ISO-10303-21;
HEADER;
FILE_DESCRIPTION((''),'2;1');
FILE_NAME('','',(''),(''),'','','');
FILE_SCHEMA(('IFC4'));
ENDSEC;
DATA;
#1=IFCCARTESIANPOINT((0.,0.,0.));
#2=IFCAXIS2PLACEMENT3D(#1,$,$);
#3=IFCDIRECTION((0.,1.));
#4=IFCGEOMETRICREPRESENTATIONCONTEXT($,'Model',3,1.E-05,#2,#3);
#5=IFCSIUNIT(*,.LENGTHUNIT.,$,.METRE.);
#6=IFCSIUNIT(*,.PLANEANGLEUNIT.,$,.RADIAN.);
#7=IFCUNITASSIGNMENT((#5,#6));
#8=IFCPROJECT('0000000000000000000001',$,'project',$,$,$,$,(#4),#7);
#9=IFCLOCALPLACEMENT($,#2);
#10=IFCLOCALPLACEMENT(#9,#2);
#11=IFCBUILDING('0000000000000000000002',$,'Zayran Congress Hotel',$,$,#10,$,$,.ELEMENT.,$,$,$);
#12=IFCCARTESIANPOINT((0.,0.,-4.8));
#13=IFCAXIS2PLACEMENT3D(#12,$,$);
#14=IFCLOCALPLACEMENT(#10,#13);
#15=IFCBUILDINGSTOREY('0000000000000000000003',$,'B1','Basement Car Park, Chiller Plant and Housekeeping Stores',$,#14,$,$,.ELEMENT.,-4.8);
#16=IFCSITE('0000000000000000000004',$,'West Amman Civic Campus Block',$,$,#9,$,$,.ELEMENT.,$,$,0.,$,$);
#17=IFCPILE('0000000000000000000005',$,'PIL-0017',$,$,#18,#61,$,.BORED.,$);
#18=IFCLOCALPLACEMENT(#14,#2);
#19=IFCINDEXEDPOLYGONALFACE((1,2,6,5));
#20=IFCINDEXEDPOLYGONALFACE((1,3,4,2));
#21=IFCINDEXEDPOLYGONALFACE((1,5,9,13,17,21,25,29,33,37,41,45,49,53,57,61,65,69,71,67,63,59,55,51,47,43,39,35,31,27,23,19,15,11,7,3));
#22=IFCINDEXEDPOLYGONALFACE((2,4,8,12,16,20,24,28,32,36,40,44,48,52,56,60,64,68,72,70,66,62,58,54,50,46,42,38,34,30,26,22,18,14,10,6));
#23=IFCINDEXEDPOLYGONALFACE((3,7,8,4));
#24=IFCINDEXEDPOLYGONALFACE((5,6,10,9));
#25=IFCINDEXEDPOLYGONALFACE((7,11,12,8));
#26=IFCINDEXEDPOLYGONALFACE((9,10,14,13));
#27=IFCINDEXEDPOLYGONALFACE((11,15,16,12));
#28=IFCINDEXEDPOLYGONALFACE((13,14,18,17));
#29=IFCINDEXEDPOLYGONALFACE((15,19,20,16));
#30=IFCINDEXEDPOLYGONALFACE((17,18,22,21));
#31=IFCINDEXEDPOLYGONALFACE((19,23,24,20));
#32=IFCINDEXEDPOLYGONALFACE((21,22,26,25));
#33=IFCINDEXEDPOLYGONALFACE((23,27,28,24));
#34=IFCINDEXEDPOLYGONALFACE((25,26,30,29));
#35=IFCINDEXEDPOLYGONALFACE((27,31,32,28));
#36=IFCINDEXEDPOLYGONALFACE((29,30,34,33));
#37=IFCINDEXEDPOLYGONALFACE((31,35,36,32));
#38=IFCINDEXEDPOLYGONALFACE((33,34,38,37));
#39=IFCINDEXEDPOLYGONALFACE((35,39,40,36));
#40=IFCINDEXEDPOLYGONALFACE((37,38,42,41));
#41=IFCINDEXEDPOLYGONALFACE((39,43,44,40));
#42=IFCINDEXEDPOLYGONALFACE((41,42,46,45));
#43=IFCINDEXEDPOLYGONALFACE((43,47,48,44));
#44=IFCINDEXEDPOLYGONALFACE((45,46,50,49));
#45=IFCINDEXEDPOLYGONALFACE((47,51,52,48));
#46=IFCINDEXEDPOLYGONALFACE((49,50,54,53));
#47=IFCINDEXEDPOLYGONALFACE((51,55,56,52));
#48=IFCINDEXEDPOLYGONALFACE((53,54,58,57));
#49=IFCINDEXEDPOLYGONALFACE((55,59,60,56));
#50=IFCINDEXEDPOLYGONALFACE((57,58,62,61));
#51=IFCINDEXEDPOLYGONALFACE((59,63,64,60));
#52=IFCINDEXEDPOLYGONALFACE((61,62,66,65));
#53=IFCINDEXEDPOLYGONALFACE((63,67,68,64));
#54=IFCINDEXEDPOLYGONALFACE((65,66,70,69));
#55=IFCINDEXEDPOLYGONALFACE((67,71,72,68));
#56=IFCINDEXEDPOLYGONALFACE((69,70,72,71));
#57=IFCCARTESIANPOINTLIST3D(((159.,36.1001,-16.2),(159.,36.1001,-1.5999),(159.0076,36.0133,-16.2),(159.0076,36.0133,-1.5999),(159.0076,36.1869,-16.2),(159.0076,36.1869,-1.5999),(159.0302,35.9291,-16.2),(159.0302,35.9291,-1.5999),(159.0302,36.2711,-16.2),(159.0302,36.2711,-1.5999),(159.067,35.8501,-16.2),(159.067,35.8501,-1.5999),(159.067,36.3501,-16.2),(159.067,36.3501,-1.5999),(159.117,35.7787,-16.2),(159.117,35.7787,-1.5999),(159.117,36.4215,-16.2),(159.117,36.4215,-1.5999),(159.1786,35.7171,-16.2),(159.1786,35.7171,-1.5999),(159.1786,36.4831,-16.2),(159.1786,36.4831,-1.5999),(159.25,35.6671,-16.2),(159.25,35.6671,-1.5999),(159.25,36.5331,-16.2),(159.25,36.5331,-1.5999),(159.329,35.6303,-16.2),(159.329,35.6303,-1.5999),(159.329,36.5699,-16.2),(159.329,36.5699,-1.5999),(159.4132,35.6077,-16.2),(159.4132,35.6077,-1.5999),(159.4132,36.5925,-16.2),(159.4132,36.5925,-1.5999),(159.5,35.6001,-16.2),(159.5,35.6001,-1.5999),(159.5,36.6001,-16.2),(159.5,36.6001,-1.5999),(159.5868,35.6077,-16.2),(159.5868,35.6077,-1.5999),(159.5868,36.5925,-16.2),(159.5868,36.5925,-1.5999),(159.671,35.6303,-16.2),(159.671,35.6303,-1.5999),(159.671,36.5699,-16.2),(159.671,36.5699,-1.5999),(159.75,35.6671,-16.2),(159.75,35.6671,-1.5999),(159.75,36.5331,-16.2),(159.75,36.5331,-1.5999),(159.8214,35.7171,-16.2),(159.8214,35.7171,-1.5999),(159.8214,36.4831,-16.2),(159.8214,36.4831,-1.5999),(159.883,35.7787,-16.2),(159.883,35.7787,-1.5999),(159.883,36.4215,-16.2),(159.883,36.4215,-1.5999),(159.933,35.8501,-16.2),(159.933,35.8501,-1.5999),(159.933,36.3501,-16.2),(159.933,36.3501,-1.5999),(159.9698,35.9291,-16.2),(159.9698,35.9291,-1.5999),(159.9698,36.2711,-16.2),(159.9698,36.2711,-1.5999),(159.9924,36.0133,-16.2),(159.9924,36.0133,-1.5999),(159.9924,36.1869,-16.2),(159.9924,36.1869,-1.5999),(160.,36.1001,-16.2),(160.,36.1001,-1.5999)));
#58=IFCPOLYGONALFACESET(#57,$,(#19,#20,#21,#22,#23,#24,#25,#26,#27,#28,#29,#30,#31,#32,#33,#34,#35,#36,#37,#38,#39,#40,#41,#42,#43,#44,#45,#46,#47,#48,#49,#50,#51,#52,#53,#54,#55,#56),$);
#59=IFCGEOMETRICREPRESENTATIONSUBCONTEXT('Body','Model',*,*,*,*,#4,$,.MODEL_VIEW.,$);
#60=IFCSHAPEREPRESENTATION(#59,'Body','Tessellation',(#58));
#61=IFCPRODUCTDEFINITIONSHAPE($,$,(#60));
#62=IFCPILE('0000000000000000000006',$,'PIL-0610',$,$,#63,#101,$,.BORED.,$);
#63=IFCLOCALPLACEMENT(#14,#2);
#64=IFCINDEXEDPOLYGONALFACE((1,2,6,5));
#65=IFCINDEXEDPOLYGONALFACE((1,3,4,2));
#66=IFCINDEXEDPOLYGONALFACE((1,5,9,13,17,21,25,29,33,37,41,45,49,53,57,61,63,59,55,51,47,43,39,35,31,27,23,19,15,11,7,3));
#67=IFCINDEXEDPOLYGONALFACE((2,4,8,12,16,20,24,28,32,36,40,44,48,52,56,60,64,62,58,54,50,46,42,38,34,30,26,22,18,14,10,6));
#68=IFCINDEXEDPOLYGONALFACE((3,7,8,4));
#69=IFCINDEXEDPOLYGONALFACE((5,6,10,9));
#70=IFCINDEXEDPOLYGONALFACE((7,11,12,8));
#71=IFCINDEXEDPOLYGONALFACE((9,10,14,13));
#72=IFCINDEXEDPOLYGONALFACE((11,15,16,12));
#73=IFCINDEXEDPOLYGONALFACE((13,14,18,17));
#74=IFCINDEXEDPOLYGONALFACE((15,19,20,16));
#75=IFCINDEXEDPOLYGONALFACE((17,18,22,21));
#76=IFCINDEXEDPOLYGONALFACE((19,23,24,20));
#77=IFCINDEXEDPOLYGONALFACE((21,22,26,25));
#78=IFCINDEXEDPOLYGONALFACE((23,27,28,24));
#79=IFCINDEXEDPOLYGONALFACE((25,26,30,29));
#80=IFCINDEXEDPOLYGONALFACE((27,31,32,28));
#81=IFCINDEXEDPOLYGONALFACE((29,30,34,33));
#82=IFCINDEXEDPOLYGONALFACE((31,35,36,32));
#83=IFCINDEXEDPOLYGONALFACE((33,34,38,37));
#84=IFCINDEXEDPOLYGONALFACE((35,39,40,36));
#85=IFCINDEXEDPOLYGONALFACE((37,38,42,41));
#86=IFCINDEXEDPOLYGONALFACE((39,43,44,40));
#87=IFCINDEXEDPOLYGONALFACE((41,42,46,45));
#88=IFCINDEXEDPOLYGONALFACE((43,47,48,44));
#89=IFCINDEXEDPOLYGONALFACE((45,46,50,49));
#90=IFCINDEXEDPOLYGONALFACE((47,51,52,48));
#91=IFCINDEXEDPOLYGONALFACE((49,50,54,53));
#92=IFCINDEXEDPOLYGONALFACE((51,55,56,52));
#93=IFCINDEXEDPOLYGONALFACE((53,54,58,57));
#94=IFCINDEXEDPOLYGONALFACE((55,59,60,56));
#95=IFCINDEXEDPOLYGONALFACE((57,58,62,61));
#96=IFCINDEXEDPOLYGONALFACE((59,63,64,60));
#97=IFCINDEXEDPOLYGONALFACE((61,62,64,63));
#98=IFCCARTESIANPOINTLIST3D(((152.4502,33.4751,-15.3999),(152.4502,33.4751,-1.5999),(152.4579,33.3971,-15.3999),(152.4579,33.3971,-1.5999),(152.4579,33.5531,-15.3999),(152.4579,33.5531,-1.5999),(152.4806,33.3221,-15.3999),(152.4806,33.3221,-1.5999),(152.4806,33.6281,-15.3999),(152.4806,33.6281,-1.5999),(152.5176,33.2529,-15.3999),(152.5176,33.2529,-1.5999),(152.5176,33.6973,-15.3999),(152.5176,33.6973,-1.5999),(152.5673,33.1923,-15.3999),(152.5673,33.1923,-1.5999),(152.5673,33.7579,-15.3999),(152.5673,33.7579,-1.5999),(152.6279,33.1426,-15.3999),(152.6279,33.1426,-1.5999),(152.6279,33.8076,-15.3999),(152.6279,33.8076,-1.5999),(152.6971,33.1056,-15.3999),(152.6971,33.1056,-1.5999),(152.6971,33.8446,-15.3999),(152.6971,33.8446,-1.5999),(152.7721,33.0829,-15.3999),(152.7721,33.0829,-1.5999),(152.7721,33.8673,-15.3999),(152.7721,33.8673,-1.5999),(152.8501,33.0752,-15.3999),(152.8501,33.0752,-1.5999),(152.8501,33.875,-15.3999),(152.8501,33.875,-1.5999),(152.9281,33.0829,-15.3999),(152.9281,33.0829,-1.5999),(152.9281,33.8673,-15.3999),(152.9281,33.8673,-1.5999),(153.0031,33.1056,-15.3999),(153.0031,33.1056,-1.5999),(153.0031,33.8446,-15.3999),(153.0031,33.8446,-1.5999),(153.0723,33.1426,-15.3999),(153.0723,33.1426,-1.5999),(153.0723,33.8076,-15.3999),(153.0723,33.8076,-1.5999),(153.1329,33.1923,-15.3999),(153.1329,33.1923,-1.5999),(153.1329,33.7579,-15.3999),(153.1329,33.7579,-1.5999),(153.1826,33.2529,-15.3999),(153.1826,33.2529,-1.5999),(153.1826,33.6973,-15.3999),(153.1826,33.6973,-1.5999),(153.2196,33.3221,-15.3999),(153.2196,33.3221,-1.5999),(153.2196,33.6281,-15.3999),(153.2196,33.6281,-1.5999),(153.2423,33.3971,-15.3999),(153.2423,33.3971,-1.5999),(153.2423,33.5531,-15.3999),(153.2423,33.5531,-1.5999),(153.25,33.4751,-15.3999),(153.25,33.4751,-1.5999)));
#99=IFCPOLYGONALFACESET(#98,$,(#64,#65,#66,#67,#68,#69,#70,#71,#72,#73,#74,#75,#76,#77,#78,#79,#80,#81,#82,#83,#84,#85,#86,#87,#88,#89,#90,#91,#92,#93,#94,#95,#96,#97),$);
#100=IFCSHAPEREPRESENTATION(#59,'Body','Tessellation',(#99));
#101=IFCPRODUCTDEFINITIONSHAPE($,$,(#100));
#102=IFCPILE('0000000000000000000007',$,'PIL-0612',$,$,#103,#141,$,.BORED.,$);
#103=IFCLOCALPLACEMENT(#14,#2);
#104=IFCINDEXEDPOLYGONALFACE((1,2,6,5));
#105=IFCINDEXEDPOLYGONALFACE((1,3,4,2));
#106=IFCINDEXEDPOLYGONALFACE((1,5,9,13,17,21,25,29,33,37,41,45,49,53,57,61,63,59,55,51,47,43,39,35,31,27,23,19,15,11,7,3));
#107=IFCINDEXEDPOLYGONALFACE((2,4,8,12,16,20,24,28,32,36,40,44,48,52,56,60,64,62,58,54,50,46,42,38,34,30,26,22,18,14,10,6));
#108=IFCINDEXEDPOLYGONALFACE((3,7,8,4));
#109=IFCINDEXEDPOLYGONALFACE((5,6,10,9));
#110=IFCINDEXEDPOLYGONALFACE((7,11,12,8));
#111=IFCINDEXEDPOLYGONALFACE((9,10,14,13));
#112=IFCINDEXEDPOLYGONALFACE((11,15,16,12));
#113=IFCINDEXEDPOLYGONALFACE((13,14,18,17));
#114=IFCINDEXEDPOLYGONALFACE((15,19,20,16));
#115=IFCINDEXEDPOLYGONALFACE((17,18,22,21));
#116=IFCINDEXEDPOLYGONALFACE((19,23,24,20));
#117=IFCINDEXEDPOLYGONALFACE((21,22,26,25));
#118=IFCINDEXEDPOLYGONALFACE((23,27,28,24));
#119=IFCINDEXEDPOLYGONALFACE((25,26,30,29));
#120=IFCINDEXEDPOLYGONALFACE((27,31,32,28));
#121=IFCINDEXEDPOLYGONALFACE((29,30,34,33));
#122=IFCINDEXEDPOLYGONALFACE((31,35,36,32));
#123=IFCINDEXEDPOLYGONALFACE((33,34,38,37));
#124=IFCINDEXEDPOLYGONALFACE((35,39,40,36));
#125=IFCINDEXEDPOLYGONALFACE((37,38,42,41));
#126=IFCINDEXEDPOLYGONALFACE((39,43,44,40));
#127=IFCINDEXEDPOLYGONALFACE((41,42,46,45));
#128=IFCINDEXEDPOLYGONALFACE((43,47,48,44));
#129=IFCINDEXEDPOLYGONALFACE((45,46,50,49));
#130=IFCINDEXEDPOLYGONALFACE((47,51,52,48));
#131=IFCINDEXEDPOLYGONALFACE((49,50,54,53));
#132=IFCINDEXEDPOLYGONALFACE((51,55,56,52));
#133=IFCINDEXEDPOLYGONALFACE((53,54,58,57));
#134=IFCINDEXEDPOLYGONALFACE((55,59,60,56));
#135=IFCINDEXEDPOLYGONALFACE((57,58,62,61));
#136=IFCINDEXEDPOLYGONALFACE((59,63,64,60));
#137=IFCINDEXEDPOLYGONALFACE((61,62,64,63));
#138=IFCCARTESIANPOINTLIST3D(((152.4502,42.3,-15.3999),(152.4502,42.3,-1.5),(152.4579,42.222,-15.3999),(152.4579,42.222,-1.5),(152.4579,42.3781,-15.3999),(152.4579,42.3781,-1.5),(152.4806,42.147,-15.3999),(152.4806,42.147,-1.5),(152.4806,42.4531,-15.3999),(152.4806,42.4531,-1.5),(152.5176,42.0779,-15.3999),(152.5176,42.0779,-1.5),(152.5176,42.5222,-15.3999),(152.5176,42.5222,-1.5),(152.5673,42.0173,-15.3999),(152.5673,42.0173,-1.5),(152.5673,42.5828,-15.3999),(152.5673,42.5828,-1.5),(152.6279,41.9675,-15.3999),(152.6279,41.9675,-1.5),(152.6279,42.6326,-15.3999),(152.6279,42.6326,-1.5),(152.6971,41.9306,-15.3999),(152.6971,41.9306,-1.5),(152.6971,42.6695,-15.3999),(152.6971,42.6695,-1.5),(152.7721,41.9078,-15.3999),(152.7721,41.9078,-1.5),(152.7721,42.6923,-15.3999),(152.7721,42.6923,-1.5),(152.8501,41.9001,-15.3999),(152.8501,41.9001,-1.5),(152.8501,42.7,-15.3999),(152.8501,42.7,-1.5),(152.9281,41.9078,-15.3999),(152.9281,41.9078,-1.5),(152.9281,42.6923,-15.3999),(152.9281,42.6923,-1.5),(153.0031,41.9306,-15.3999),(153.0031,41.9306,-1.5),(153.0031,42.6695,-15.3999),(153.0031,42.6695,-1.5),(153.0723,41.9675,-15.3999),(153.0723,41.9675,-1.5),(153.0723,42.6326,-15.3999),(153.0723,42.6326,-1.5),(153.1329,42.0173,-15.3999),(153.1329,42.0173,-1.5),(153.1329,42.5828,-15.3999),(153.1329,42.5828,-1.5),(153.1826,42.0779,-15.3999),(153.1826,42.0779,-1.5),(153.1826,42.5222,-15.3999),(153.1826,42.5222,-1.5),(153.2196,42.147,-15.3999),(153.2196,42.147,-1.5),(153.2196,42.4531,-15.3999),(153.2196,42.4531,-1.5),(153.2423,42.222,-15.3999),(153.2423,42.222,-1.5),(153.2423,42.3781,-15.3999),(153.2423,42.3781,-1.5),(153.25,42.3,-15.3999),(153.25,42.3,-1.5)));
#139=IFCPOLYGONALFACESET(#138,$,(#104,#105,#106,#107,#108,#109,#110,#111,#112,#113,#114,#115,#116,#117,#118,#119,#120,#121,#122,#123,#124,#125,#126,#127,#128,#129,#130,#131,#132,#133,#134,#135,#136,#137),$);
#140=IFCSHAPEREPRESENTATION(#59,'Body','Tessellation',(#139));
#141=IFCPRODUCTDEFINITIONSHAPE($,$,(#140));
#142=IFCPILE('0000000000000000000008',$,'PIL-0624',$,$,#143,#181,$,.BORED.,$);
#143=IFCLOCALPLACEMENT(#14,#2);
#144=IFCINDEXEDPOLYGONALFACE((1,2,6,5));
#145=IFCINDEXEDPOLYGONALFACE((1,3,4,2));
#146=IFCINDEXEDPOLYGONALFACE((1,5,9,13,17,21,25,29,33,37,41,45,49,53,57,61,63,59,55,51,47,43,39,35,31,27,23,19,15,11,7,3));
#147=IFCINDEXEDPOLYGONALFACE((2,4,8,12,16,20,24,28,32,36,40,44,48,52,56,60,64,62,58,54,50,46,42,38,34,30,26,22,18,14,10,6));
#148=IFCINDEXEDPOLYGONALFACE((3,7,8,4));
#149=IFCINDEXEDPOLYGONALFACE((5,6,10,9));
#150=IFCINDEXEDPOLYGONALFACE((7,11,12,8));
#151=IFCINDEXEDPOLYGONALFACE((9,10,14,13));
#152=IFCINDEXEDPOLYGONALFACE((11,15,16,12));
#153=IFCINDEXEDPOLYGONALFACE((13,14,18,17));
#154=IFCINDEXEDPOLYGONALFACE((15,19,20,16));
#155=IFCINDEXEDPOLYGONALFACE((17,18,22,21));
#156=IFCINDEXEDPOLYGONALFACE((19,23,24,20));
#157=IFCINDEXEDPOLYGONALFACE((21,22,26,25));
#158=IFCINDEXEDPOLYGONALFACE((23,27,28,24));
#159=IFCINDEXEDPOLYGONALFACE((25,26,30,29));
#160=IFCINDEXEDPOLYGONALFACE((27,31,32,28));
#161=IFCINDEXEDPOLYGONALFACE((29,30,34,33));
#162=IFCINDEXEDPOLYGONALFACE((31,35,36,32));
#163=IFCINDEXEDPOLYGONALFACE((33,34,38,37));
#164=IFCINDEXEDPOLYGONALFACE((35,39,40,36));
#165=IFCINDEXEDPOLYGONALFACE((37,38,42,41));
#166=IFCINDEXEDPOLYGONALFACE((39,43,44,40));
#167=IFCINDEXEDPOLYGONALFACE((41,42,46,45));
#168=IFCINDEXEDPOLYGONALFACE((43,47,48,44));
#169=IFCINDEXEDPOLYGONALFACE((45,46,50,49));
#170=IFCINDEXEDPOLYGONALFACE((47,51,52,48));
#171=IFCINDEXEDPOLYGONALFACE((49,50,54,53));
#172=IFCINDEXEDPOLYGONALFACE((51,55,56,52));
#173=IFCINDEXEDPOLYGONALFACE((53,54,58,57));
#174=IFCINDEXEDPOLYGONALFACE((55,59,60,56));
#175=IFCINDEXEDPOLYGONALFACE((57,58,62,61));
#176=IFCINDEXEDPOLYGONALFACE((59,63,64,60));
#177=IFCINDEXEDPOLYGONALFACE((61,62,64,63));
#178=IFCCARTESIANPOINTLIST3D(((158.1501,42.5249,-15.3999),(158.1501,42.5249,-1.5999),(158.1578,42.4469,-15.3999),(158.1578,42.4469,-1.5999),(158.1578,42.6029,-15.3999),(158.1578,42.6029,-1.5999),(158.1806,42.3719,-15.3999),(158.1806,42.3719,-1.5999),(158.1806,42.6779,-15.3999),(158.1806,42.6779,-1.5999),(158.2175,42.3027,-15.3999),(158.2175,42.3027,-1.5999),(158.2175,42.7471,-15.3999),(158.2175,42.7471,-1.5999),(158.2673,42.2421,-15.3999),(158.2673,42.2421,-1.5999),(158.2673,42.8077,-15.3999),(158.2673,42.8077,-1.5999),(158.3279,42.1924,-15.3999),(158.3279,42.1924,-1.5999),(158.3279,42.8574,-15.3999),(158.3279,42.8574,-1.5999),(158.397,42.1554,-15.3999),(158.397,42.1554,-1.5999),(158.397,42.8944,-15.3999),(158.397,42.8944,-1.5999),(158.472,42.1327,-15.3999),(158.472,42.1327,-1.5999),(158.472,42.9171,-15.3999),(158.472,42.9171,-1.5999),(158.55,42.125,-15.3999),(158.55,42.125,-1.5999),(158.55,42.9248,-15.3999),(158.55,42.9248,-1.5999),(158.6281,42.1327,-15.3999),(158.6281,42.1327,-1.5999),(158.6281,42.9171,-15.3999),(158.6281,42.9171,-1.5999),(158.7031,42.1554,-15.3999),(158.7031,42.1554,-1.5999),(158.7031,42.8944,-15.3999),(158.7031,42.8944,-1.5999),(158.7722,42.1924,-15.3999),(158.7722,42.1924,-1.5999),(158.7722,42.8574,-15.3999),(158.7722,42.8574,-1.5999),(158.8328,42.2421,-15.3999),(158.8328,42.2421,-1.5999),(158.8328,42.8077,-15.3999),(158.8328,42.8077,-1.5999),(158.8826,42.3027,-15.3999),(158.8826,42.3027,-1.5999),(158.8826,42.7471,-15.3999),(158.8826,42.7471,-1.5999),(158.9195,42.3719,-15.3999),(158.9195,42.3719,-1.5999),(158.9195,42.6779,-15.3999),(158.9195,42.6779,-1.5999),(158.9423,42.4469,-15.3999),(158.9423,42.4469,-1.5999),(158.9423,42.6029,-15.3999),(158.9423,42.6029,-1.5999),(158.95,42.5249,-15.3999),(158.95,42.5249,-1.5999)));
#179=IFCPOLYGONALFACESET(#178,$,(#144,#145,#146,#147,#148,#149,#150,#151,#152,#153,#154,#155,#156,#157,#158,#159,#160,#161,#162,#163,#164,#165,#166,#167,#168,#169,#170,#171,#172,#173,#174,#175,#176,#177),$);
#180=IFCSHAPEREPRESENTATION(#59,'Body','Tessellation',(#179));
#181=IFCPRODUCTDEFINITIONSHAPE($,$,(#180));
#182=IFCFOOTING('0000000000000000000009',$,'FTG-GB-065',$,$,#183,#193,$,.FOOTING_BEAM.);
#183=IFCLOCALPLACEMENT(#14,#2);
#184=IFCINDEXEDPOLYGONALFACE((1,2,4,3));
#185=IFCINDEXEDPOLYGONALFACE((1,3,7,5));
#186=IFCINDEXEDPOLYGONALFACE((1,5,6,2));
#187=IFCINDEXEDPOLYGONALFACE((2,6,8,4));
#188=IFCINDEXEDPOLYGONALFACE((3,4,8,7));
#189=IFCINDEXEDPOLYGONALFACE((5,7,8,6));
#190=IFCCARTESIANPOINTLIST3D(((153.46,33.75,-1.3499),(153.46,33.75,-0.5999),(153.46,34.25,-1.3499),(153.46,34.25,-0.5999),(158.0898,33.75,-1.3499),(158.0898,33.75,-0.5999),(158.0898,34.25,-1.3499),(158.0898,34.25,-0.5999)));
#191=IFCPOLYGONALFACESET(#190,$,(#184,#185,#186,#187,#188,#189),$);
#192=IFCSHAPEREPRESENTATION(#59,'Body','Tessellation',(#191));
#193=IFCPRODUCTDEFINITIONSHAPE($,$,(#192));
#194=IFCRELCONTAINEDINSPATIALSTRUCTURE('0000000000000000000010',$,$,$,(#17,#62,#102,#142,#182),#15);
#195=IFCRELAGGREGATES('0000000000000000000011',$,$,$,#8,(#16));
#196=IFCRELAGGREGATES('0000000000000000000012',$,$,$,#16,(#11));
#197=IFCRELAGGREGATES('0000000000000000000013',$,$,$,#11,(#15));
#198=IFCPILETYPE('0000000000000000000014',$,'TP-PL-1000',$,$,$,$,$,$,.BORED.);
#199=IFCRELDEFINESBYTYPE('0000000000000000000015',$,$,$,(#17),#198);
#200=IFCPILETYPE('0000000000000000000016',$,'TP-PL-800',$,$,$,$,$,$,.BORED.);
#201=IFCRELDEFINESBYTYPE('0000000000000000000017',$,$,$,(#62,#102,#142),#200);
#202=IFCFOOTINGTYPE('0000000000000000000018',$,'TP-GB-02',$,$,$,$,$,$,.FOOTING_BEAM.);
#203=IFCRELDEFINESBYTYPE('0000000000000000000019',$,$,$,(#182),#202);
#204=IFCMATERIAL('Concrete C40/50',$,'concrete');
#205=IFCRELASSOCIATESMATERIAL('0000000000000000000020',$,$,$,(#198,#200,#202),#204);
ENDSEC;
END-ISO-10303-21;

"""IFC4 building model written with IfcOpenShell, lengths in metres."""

from ifc_helpers import new_model, si_unit, direction, frame, origin, origin_2d, place, context, subcontext, project, spatial, rectangle, circle, extrude, material, material_profile, profile_set, type_object, element, save


model = new_model("IFC4")

# Units and contexts
model_context = context("Model", 3, precision=1e-05, world=origin(), true_north=direction((0.0, 1.0)))
body_context = subcontext(model_context, "Body", "Model", "MODEL_VIEW")
ifc_project = project(units=[si_unit("LENGTHUNIT", "METRE"), si_unit("PLANEANGLEUNIT", "RADIAN")], contexts=[model_context])

# Site, building, storey
site_placement = place(None, origin())
site = spatial("IfcSite", under=ifc_project, at=site_placement, Name="West Amman Civic Campus Block", CompositionType="ELEMENT", RefElevation=0.0)
building_placement = place(site_placement, origin())
building = spatial("IfcBuilding", under=site, at=building_placement, Name="Zayran Congress Hotel", CompositionType="ELEMENT")
storey_placement = place(building_placement, frame((0.0, 0.0, -4.8)))
storey = spatial("IfcBuildingStorey", under=building, at=storey_placement, Name="B1", Description="Basement Car Park, Chiller Plant and Housekeeping Stores", CompositionType="ELEMENT", Elevation=-4.8)

# Piles
ifc_material_1 = material(Name="Concrete C40/50", Category="concrete")
ifc_material_profile_1 = material_profile(ifc_material_1, circle(Radius=0.5, at=origin_2d()), Name="PILE D1000")
ifc_profile_set_1 = profile_set([ifc_material_profile_1], Name="Concrete C40/50")
pile_type_1 = type_object("IfcPileType", Name="TP-PL-1000", PredefinedType="BORED", material=ifc_profile_set_1)
for number, where, z_axis, x_axis, name in (
    (1, (159.5, 36.1001, -1.5999), (0.0, 0.0, -1.0), (1.0, 0.0, 0.0), "PIL-0017"),
):
    element("IfcPile", number, at=place(storey_placement, frame(where, z_axis=z_axis, x_axis=x_axis)), inside=storey, type_object=pile_type_1, Name=name, PredefinedType="BORED", context=body_context, shape_type="SweptSolid", body=[
        extrude(circle(Radius=0.5, at=origin_2d()), origin(), (0.0, 0.0, 1.0), 14.6001),
    ])
ifc_material_profile_2 = material_profile(ifc_material_1, circle(Radius=0.3999, at=origin_2d()), Name="PILE D800")
ifc_profile_set_2 = profile_set([ifc_material_profile_2], Name="Concrete C40/50")
pile_type_2 = type_object("IfcPileType", Name="TP-PL-800", PredefinedType="BORED", material=ifc_profile_set_2)
pile_1_placement = place(storey_placement, frame((152.8501, 33.4751, -1.5999), z_axis=(0.0, 0.0, -1.0), x_axis=(1.0, 0.0, 0.0)))
element("IfcPile", 2, at=pile_1_placement, inside=storey, type_object=pile_type_2, Name="PIL-0610", PredefinedType="BORED", context=body_context, shape_type="SweptSolid", body=[
    extrude(circle(Radius=0.3999, at=origin_2d()), origin(), (0.0, 0.0, 1.0), 13.8),
])
pile_2_placement = place(storey_placement, frame((152.8501, 42.3, -1.5), z_axis=(0.0, 0.0, -1.0), x_axis=(1.0, 0.0, 0.0)))
element("IfcPile", 3, at=pile_2_placement, inside=storey, type_object=pile_type_2, Name="PIL-0612", PredefinedType="BORED", context=body_context, shape_type="SweptSolid", body=[
    extrude(circle(Radius=0.3999, at=origin_2d()), origin(), (0.0, 0.0, 1.0), 13.8999),
])
pile_3_placement = place(storey_placement, frame((158.55, 42.5249, -1.5999), z_axis=(0.0, 0.0, -1.0), x_axis=(1.0, 0.0, 0.0)))
element("IfcPile", 4, at=pile_3_placement, inside=storey, type_object=pile_type_2, Name="PIL-0624", PredefinedType="BORED", context=body_context, shape_type="SweptSolid", body=[
    extrude(circle(Radius=0.3999, at=origin_2d()), origin(), (0.0, 0.0, 1.0), 13.8),
])

# Footing
footing_type_1 = type_object("IfcFootingType", Name="TP-GB-02", PredefinedType="FOOTING_BEAM", material=ifc_material_1)
footing_1_placement = place(storey_placement, frame((155.7749, 34.0, -1.3499), z_axis=(0.0, 0.0, 1.0), x_axis=(1.0, 0.0, 0.0)))
element("IfcFooting", 5, at=footing_1_placement, inside=storey, type_object=footing_type_1, Name="FTG-GB-065", PredefinedType="FOOTING_BEAM", context=body_context, shape_type="SweptSolid", body=[
    extrude(rectangle(XDim=4.6299, YDim=0.5, at=origin_2d()), origin(), (0.0, 0.0, 1.0), 0.75),
])

save(model, "model.ifc")
